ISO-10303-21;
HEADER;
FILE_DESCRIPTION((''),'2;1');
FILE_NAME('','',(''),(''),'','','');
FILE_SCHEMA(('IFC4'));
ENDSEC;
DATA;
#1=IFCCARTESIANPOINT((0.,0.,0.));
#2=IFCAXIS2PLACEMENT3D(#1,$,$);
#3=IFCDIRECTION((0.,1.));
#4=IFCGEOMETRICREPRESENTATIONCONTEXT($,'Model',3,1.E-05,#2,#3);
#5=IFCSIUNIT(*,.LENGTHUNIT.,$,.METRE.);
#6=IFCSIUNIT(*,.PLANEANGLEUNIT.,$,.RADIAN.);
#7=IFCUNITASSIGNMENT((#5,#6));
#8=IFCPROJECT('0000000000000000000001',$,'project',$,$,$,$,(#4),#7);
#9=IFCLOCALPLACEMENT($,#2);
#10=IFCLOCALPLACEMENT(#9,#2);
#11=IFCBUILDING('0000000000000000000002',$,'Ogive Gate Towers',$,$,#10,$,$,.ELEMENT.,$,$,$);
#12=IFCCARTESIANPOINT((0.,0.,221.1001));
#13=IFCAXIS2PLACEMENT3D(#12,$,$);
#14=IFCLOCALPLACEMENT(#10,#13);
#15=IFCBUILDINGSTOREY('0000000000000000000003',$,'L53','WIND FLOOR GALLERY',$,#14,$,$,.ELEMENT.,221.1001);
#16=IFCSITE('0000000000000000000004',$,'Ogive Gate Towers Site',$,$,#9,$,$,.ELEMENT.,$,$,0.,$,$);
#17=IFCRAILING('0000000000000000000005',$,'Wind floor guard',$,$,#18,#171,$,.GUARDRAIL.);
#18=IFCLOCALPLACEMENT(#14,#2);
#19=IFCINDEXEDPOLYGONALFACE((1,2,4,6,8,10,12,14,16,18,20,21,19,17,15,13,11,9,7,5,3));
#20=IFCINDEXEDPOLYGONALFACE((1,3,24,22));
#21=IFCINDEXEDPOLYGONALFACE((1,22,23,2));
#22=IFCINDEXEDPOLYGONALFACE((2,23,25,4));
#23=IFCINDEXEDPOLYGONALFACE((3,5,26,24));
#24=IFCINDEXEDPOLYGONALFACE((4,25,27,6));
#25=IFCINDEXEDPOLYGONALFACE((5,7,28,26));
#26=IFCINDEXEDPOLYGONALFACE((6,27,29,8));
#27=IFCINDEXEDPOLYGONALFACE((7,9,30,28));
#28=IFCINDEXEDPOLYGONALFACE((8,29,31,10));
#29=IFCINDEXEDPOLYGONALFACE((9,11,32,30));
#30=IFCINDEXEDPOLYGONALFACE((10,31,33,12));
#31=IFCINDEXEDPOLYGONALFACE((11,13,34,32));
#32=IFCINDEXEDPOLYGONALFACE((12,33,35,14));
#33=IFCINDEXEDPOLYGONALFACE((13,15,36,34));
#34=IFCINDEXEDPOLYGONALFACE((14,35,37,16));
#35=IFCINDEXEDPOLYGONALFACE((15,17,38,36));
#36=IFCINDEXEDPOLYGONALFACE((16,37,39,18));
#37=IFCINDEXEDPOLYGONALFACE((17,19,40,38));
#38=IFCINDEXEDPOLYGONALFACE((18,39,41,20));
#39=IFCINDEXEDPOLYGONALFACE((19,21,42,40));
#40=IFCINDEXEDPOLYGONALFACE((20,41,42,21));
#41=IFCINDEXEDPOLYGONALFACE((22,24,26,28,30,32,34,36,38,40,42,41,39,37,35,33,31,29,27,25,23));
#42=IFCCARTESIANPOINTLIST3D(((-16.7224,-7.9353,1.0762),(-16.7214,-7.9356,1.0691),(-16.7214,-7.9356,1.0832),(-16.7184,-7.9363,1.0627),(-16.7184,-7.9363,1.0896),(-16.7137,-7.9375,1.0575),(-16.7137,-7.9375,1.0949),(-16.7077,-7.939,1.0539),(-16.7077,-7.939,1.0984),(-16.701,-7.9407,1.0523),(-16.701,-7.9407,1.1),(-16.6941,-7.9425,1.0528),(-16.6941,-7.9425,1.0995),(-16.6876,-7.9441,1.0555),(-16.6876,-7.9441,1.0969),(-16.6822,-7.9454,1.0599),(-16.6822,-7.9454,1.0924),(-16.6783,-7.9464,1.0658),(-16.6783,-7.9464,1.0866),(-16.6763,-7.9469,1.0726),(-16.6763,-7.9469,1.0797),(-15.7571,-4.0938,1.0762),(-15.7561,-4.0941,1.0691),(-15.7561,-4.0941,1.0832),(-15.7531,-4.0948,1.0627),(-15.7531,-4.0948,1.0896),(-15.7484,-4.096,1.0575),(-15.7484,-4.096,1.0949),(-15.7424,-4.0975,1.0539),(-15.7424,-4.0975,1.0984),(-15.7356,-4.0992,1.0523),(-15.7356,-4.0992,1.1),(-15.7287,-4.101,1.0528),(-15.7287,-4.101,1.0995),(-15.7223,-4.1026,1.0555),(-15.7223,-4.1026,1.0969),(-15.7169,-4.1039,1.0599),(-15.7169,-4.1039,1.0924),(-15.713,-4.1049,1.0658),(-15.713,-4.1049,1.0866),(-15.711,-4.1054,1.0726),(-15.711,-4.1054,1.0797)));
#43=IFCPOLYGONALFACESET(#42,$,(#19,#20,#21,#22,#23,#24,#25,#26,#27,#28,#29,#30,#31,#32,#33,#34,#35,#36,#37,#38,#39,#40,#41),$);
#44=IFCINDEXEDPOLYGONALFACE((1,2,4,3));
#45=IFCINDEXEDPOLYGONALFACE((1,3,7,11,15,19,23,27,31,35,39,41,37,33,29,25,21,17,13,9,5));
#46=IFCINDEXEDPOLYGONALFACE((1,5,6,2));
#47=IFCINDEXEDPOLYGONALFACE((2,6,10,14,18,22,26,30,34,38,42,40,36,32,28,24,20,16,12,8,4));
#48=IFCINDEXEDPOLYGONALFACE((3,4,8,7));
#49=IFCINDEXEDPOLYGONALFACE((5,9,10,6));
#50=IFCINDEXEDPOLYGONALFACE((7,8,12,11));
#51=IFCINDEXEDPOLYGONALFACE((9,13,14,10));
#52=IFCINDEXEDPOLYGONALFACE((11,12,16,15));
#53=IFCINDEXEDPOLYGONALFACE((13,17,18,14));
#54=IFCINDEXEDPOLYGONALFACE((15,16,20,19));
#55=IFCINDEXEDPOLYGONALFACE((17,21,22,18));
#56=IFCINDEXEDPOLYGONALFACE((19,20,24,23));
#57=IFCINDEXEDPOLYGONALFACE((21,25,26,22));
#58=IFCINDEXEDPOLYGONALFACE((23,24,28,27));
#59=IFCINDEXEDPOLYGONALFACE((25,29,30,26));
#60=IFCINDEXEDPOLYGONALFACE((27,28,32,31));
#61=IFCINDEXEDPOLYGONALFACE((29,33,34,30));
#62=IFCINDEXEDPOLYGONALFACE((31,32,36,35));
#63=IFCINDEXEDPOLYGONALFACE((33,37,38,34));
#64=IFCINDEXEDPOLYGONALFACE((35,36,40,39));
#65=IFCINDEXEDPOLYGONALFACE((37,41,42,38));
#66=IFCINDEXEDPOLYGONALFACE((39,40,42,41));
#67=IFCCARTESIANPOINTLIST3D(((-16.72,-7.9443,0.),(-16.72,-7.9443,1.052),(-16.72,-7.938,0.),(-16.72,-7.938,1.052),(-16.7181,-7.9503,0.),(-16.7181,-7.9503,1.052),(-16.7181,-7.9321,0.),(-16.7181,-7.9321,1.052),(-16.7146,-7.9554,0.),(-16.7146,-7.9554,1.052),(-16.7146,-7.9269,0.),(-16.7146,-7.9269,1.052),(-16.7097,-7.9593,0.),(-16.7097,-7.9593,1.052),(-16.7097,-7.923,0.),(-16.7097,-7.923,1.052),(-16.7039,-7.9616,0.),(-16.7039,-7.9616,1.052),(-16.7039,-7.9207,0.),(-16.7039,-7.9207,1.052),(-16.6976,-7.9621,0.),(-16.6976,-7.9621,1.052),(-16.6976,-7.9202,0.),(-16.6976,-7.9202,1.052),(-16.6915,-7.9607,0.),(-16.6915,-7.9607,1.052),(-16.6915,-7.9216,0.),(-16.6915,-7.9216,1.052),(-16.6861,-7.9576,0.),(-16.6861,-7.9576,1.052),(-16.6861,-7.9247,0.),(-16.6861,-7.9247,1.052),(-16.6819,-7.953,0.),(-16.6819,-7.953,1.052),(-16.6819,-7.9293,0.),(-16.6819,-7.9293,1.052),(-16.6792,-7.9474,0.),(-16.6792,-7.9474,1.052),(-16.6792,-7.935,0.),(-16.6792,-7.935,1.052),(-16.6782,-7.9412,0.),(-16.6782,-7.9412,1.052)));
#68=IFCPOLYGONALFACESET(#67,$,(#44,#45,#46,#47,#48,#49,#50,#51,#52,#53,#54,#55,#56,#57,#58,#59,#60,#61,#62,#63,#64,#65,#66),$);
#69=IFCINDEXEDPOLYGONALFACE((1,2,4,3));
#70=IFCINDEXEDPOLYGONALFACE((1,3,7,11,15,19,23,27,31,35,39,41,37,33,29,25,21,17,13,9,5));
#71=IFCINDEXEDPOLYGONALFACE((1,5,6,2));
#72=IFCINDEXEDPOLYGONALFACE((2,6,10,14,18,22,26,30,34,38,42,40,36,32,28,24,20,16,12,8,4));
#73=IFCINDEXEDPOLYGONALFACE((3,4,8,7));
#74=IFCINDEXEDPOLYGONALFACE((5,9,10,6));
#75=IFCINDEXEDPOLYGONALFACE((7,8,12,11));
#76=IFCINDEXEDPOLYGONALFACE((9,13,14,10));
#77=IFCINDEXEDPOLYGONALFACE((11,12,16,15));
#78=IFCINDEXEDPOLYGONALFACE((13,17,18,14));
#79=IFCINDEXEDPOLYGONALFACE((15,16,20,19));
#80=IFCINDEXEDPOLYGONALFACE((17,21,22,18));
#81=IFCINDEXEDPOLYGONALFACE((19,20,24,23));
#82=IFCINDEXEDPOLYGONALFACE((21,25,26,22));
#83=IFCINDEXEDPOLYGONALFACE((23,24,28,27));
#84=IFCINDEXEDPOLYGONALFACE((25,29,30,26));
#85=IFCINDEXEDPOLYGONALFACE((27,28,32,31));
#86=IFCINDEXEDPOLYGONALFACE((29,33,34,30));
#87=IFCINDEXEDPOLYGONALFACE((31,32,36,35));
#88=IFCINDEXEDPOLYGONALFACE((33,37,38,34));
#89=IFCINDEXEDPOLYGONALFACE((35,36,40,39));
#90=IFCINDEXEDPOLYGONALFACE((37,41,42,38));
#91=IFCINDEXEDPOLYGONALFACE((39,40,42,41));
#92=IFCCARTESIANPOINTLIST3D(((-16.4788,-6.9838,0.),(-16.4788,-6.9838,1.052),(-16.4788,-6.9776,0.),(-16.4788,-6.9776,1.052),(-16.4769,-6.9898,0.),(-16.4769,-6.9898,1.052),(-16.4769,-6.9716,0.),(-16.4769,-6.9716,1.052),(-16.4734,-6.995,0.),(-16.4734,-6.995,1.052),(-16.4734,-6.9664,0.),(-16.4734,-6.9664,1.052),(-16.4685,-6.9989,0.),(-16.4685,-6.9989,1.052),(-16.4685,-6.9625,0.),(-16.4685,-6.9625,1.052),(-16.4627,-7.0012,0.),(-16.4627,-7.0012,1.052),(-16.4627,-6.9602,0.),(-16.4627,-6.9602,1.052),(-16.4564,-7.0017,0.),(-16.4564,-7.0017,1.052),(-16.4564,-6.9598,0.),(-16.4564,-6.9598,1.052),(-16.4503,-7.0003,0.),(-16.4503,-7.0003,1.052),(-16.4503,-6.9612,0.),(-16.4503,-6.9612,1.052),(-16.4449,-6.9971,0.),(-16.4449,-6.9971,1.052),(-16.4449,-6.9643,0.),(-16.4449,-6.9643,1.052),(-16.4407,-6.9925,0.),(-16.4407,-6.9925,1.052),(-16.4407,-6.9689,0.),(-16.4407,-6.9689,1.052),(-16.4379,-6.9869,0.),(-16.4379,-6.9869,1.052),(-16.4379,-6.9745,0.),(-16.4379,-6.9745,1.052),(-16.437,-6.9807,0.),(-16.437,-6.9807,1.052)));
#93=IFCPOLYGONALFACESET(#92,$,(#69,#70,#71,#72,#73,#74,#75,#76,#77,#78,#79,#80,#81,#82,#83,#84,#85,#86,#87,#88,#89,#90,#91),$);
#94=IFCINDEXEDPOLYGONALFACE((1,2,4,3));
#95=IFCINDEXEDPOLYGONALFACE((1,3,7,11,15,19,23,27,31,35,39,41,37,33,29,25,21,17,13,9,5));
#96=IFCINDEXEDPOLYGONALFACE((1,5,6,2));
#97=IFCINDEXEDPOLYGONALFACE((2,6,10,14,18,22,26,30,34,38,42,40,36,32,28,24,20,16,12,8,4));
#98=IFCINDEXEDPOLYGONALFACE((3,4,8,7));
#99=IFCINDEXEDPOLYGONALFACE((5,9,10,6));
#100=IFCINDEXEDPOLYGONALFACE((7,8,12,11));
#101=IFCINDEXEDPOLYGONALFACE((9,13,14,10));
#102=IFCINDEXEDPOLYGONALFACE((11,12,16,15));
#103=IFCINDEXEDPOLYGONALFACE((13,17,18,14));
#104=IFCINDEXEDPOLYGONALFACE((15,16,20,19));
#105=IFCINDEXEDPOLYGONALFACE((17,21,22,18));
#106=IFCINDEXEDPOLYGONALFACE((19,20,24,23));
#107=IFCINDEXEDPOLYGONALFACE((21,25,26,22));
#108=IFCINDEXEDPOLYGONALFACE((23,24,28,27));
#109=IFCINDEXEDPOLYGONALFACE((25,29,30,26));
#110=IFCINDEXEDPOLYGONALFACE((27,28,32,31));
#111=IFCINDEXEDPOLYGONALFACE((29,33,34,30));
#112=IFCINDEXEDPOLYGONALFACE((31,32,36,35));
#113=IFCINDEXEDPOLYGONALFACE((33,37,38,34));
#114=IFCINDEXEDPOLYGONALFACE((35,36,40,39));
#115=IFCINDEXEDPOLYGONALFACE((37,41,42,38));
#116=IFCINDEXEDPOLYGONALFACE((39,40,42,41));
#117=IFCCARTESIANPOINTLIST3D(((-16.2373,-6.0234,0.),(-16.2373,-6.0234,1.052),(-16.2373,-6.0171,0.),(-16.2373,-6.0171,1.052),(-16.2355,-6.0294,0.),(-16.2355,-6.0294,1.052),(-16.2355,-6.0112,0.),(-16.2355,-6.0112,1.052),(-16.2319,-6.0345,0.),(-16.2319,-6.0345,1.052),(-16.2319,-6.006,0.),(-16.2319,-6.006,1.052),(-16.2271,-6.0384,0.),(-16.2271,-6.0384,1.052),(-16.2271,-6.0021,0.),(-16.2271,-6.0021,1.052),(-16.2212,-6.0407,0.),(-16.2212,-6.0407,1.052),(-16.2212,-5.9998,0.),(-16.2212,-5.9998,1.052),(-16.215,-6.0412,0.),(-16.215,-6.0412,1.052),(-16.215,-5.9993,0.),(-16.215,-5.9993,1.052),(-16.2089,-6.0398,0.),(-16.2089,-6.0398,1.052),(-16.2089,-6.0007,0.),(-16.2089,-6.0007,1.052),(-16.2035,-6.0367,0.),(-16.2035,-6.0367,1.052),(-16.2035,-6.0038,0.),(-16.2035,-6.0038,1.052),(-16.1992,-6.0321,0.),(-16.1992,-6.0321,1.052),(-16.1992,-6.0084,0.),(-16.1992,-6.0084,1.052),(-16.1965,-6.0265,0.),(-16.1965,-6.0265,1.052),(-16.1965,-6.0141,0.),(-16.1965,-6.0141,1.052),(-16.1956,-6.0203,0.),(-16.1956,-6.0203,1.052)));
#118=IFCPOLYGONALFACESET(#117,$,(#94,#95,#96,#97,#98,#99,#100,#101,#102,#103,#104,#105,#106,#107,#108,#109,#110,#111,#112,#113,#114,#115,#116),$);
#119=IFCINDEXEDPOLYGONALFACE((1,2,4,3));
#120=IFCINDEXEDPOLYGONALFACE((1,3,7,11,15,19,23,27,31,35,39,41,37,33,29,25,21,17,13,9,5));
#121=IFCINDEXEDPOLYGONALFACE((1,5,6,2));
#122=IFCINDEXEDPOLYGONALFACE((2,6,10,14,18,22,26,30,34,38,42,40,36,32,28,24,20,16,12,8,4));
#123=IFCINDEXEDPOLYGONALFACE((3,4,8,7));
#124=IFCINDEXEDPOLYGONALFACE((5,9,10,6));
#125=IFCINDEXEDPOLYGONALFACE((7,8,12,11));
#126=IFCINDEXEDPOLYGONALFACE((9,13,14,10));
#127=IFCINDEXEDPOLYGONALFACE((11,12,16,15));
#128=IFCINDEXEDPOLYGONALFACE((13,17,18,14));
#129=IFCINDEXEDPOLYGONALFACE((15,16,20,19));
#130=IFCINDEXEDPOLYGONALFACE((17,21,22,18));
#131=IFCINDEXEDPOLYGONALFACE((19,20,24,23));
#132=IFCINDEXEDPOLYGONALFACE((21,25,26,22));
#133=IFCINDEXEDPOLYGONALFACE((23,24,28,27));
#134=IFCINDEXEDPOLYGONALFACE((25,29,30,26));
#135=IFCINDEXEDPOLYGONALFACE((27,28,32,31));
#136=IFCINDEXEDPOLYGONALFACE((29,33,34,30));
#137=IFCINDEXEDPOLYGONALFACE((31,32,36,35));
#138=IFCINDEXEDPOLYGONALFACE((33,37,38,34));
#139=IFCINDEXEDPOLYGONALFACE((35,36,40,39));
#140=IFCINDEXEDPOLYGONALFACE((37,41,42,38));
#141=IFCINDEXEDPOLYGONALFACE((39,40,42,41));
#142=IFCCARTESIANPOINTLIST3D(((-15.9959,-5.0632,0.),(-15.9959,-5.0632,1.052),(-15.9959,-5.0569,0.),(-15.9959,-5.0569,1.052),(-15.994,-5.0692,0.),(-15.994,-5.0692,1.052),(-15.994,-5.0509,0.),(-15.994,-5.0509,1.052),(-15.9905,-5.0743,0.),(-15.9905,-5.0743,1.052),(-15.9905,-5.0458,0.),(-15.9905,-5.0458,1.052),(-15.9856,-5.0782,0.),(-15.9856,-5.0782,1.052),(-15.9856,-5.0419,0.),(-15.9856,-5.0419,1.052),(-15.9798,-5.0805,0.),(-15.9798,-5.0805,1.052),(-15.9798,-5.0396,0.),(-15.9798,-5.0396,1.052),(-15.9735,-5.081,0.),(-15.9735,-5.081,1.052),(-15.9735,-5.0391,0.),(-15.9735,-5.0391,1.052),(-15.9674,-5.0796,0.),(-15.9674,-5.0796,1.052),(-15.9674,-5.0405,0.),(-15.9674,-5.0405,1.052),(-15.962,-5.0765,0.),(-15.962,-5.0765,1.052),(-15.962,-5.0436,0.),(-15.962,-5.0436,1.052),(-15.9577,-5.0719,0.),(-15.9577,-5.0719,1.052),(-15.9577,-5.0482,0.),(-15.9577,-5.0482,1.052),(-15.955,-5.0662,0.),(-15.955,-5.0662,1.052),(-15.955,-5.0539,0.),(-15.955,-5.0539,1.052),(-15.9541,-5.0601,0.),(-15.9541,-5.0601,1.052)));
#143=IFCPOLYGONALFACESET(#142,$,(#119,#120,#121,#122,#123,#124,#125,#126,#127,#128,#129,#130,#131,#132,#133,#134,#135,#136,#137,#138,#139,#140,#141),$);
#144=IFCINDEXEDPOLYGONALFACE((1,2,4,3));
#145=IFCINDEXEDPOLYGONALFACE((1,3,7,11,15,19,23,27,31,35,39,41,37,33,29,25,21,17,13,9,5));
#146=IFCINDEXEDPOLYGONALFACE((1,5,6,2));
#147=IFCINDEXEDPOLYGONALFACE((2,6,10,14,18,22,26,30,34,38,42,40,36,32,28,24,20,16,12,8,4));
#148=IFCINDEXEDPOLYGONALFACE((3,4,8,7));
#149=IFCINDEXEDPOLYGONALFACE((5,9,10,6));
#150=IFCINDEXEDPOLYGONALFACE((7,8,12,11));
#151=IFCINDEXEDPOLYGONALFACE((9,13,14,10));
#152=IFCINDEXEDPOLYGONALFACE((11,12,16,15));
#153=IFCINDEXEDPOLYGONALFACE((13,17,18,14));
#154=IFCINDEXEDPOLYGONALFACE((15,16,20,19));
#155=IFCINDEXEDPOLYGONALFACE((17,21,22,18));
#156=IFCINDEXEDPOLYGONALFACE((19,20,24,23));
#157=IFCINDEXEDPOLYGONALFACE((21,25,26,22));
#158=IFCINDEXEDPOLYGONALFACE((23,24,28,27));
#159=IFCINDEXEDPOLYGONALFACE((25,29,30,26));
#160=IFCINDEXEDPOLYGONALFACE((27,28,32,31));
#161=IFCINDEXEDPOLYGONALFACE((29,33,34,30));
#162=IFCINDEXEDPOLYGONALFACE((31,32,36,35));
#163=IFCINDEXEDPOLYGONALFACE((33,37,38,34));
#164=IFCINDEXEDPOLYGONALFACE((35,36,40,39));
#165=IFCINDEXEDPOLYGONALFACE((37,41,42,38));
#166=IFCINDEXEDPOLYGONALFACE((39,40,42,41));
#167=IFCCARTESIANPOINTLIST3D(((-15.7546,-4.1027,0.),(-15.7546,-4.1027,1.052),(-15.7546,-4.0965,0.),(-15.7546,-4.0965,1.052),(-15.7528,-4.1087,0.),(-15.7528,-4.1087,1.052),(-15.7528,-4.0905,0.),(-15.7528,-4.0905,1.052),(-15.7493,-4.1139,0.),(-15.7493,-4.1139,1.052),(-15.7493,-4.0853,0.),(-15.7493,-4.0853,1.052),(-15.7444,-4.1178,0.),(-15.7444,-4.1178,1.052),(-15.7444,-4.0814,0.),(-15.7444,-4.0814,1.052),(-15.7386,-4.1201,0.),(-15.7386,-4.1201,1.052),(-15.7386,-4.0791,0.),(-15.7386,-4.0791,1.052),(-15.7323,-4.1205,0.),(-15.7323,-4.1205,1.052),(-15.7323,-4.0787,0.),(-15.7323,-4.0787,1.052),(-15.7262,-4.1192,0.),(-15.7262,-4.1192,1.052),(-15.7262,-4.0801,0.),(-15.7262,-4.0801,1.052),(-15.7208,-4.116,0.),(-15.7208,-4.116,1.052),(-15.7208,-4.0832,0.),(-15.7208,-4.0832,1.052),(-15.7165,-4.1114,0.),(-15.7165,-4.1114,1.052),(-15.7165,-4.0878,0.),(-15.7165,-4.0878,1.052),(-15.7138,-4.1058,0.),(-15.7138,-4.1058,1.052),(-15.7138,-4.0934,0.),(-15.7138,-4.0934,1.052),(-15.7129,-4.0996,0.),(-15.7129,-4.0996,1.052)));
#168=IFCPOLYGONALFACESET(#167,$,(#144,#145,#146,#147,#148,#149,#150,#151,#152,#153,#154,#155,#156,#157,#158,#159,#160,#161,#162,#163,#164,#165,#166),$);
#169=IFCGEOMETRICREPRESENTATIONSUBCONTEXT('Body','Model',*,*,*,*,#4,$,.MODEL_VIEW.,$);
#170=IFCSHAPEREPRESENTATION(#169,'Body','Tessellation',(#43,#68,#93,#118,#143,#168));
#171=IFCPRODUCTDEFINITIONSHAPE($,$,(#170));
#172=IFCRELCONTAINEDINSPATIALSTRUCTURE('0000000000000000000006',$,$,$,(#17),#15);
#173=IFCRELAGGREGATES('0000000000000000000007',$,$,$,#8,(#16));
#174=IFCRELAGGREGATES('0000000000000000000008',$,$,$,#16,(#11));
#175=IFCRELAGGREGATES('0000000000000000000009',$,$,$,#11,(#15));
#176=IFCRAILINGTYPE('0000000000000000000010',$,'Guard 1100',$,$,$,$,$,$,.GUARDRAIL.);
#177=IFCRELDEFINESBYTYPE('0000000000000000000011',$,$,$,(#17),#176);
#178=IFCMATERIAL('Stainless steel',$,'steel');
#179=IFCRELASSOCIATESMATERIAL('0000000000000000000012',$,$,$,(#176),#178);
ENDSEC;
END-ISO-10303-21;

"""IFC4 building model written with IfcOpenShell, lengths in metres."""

from ifc_helpers import new_model, si_unit, direction, frame, origin, origin_2d, place, context, subcontext, project, spatial, circle, extrude, material, type_object, element, save


model = new_model("IFC4")

# Units and contexts
model_context = context("Model", 3, precision=1e-05, world=origin(), true_north=direction((0.0, 1.0)))
body_context = subcontext(model_context, "Body", "Model", "MODEL_VIEW")
ifc_project = project(units=[si_unit("LENGTHUNIT", "METRE"), si_unit("PLANEANGLEUNIT", "RADIAN")], contexts=[model_context])

# Site, building, storey
site_placement = place(None, origin())
site = spatial("IfcSite", under=ifc_project, at=site_placement, Name="Ogive Gate Towers Site", CompositionType="ELEMENT", RefElevation=0.0)
building_placement = place(site_placement, origin())
building = spatial("IfcBuilding", under=site, at=building_placement, Name="Ogive Gate Towers", CompositionType="ELEMENT")
storey_placement = place(building_placement, frame((0.0, 0.0, 221.1001)))
storey = spatial("IfcBuildingStorey", under=building, at=storey_placement, Name="L53", Description="WIND FLOOR GALLERY", CompositionType="ELEMENT", Elevation=221.1001)

# Railing
ifc_material_1 = material(Name="Stainless steel", Category="steel")
railing_type_1 = type_object("IfcRailingType", Name="Guard 1100", PredefinedType="GUARDRAIL", material=ifc_material_1)
railing_1_placement = place(storey_placement, frame((-16.6992, -7.9412, 0.0)))
element("IfcRailing", 1, at=railing_1_placement, inside=storey, type_object=railing_type_1, Name="Wind floor guard", PredefinedType="GUARDRAIL", context=body_context, shape_type="SweptSolid", body=[
    extrude(circle(Radius=0.0239, at=origin_2d()), frame((0.0, 0.0, 1.0762), z_axis=(0.24371, 0.969848, 0.0), x_axis=(-0.969848, 0.24371, 0.0)), (0.0, 0.0, 1.0), 3.9609),
    extrude(circle(Radius=0.021, at=origin_2d()), origin(), (0.0, 0.0, 1.0), 1.052),
    extrude(circle(Radius=0.021, at=origin_2d()), frame((0.2412, 0.9604, 0.0)), (0.0, 0.0, 1.0), 1.052),
    extrude(circle(Radius=0.021, at=origin_2d()), frame((0.4827, 1.9209, 0.0)), (0.0, 0.0, 1.0), 1.052),
    extrude(circle(Radius=0.021, at=origin_2d()), frame((0.7241, 2.8811, 0.0)), (0.0, 0.0, 1.0), 1.052),
    extrude(circle(Radius=0.021, at=origin_2d()), frame((0.9653, 3.8416, 0.0)), (0.0, 0.0, 1.0), 1.052),
])

save(model, "model.ifc")
